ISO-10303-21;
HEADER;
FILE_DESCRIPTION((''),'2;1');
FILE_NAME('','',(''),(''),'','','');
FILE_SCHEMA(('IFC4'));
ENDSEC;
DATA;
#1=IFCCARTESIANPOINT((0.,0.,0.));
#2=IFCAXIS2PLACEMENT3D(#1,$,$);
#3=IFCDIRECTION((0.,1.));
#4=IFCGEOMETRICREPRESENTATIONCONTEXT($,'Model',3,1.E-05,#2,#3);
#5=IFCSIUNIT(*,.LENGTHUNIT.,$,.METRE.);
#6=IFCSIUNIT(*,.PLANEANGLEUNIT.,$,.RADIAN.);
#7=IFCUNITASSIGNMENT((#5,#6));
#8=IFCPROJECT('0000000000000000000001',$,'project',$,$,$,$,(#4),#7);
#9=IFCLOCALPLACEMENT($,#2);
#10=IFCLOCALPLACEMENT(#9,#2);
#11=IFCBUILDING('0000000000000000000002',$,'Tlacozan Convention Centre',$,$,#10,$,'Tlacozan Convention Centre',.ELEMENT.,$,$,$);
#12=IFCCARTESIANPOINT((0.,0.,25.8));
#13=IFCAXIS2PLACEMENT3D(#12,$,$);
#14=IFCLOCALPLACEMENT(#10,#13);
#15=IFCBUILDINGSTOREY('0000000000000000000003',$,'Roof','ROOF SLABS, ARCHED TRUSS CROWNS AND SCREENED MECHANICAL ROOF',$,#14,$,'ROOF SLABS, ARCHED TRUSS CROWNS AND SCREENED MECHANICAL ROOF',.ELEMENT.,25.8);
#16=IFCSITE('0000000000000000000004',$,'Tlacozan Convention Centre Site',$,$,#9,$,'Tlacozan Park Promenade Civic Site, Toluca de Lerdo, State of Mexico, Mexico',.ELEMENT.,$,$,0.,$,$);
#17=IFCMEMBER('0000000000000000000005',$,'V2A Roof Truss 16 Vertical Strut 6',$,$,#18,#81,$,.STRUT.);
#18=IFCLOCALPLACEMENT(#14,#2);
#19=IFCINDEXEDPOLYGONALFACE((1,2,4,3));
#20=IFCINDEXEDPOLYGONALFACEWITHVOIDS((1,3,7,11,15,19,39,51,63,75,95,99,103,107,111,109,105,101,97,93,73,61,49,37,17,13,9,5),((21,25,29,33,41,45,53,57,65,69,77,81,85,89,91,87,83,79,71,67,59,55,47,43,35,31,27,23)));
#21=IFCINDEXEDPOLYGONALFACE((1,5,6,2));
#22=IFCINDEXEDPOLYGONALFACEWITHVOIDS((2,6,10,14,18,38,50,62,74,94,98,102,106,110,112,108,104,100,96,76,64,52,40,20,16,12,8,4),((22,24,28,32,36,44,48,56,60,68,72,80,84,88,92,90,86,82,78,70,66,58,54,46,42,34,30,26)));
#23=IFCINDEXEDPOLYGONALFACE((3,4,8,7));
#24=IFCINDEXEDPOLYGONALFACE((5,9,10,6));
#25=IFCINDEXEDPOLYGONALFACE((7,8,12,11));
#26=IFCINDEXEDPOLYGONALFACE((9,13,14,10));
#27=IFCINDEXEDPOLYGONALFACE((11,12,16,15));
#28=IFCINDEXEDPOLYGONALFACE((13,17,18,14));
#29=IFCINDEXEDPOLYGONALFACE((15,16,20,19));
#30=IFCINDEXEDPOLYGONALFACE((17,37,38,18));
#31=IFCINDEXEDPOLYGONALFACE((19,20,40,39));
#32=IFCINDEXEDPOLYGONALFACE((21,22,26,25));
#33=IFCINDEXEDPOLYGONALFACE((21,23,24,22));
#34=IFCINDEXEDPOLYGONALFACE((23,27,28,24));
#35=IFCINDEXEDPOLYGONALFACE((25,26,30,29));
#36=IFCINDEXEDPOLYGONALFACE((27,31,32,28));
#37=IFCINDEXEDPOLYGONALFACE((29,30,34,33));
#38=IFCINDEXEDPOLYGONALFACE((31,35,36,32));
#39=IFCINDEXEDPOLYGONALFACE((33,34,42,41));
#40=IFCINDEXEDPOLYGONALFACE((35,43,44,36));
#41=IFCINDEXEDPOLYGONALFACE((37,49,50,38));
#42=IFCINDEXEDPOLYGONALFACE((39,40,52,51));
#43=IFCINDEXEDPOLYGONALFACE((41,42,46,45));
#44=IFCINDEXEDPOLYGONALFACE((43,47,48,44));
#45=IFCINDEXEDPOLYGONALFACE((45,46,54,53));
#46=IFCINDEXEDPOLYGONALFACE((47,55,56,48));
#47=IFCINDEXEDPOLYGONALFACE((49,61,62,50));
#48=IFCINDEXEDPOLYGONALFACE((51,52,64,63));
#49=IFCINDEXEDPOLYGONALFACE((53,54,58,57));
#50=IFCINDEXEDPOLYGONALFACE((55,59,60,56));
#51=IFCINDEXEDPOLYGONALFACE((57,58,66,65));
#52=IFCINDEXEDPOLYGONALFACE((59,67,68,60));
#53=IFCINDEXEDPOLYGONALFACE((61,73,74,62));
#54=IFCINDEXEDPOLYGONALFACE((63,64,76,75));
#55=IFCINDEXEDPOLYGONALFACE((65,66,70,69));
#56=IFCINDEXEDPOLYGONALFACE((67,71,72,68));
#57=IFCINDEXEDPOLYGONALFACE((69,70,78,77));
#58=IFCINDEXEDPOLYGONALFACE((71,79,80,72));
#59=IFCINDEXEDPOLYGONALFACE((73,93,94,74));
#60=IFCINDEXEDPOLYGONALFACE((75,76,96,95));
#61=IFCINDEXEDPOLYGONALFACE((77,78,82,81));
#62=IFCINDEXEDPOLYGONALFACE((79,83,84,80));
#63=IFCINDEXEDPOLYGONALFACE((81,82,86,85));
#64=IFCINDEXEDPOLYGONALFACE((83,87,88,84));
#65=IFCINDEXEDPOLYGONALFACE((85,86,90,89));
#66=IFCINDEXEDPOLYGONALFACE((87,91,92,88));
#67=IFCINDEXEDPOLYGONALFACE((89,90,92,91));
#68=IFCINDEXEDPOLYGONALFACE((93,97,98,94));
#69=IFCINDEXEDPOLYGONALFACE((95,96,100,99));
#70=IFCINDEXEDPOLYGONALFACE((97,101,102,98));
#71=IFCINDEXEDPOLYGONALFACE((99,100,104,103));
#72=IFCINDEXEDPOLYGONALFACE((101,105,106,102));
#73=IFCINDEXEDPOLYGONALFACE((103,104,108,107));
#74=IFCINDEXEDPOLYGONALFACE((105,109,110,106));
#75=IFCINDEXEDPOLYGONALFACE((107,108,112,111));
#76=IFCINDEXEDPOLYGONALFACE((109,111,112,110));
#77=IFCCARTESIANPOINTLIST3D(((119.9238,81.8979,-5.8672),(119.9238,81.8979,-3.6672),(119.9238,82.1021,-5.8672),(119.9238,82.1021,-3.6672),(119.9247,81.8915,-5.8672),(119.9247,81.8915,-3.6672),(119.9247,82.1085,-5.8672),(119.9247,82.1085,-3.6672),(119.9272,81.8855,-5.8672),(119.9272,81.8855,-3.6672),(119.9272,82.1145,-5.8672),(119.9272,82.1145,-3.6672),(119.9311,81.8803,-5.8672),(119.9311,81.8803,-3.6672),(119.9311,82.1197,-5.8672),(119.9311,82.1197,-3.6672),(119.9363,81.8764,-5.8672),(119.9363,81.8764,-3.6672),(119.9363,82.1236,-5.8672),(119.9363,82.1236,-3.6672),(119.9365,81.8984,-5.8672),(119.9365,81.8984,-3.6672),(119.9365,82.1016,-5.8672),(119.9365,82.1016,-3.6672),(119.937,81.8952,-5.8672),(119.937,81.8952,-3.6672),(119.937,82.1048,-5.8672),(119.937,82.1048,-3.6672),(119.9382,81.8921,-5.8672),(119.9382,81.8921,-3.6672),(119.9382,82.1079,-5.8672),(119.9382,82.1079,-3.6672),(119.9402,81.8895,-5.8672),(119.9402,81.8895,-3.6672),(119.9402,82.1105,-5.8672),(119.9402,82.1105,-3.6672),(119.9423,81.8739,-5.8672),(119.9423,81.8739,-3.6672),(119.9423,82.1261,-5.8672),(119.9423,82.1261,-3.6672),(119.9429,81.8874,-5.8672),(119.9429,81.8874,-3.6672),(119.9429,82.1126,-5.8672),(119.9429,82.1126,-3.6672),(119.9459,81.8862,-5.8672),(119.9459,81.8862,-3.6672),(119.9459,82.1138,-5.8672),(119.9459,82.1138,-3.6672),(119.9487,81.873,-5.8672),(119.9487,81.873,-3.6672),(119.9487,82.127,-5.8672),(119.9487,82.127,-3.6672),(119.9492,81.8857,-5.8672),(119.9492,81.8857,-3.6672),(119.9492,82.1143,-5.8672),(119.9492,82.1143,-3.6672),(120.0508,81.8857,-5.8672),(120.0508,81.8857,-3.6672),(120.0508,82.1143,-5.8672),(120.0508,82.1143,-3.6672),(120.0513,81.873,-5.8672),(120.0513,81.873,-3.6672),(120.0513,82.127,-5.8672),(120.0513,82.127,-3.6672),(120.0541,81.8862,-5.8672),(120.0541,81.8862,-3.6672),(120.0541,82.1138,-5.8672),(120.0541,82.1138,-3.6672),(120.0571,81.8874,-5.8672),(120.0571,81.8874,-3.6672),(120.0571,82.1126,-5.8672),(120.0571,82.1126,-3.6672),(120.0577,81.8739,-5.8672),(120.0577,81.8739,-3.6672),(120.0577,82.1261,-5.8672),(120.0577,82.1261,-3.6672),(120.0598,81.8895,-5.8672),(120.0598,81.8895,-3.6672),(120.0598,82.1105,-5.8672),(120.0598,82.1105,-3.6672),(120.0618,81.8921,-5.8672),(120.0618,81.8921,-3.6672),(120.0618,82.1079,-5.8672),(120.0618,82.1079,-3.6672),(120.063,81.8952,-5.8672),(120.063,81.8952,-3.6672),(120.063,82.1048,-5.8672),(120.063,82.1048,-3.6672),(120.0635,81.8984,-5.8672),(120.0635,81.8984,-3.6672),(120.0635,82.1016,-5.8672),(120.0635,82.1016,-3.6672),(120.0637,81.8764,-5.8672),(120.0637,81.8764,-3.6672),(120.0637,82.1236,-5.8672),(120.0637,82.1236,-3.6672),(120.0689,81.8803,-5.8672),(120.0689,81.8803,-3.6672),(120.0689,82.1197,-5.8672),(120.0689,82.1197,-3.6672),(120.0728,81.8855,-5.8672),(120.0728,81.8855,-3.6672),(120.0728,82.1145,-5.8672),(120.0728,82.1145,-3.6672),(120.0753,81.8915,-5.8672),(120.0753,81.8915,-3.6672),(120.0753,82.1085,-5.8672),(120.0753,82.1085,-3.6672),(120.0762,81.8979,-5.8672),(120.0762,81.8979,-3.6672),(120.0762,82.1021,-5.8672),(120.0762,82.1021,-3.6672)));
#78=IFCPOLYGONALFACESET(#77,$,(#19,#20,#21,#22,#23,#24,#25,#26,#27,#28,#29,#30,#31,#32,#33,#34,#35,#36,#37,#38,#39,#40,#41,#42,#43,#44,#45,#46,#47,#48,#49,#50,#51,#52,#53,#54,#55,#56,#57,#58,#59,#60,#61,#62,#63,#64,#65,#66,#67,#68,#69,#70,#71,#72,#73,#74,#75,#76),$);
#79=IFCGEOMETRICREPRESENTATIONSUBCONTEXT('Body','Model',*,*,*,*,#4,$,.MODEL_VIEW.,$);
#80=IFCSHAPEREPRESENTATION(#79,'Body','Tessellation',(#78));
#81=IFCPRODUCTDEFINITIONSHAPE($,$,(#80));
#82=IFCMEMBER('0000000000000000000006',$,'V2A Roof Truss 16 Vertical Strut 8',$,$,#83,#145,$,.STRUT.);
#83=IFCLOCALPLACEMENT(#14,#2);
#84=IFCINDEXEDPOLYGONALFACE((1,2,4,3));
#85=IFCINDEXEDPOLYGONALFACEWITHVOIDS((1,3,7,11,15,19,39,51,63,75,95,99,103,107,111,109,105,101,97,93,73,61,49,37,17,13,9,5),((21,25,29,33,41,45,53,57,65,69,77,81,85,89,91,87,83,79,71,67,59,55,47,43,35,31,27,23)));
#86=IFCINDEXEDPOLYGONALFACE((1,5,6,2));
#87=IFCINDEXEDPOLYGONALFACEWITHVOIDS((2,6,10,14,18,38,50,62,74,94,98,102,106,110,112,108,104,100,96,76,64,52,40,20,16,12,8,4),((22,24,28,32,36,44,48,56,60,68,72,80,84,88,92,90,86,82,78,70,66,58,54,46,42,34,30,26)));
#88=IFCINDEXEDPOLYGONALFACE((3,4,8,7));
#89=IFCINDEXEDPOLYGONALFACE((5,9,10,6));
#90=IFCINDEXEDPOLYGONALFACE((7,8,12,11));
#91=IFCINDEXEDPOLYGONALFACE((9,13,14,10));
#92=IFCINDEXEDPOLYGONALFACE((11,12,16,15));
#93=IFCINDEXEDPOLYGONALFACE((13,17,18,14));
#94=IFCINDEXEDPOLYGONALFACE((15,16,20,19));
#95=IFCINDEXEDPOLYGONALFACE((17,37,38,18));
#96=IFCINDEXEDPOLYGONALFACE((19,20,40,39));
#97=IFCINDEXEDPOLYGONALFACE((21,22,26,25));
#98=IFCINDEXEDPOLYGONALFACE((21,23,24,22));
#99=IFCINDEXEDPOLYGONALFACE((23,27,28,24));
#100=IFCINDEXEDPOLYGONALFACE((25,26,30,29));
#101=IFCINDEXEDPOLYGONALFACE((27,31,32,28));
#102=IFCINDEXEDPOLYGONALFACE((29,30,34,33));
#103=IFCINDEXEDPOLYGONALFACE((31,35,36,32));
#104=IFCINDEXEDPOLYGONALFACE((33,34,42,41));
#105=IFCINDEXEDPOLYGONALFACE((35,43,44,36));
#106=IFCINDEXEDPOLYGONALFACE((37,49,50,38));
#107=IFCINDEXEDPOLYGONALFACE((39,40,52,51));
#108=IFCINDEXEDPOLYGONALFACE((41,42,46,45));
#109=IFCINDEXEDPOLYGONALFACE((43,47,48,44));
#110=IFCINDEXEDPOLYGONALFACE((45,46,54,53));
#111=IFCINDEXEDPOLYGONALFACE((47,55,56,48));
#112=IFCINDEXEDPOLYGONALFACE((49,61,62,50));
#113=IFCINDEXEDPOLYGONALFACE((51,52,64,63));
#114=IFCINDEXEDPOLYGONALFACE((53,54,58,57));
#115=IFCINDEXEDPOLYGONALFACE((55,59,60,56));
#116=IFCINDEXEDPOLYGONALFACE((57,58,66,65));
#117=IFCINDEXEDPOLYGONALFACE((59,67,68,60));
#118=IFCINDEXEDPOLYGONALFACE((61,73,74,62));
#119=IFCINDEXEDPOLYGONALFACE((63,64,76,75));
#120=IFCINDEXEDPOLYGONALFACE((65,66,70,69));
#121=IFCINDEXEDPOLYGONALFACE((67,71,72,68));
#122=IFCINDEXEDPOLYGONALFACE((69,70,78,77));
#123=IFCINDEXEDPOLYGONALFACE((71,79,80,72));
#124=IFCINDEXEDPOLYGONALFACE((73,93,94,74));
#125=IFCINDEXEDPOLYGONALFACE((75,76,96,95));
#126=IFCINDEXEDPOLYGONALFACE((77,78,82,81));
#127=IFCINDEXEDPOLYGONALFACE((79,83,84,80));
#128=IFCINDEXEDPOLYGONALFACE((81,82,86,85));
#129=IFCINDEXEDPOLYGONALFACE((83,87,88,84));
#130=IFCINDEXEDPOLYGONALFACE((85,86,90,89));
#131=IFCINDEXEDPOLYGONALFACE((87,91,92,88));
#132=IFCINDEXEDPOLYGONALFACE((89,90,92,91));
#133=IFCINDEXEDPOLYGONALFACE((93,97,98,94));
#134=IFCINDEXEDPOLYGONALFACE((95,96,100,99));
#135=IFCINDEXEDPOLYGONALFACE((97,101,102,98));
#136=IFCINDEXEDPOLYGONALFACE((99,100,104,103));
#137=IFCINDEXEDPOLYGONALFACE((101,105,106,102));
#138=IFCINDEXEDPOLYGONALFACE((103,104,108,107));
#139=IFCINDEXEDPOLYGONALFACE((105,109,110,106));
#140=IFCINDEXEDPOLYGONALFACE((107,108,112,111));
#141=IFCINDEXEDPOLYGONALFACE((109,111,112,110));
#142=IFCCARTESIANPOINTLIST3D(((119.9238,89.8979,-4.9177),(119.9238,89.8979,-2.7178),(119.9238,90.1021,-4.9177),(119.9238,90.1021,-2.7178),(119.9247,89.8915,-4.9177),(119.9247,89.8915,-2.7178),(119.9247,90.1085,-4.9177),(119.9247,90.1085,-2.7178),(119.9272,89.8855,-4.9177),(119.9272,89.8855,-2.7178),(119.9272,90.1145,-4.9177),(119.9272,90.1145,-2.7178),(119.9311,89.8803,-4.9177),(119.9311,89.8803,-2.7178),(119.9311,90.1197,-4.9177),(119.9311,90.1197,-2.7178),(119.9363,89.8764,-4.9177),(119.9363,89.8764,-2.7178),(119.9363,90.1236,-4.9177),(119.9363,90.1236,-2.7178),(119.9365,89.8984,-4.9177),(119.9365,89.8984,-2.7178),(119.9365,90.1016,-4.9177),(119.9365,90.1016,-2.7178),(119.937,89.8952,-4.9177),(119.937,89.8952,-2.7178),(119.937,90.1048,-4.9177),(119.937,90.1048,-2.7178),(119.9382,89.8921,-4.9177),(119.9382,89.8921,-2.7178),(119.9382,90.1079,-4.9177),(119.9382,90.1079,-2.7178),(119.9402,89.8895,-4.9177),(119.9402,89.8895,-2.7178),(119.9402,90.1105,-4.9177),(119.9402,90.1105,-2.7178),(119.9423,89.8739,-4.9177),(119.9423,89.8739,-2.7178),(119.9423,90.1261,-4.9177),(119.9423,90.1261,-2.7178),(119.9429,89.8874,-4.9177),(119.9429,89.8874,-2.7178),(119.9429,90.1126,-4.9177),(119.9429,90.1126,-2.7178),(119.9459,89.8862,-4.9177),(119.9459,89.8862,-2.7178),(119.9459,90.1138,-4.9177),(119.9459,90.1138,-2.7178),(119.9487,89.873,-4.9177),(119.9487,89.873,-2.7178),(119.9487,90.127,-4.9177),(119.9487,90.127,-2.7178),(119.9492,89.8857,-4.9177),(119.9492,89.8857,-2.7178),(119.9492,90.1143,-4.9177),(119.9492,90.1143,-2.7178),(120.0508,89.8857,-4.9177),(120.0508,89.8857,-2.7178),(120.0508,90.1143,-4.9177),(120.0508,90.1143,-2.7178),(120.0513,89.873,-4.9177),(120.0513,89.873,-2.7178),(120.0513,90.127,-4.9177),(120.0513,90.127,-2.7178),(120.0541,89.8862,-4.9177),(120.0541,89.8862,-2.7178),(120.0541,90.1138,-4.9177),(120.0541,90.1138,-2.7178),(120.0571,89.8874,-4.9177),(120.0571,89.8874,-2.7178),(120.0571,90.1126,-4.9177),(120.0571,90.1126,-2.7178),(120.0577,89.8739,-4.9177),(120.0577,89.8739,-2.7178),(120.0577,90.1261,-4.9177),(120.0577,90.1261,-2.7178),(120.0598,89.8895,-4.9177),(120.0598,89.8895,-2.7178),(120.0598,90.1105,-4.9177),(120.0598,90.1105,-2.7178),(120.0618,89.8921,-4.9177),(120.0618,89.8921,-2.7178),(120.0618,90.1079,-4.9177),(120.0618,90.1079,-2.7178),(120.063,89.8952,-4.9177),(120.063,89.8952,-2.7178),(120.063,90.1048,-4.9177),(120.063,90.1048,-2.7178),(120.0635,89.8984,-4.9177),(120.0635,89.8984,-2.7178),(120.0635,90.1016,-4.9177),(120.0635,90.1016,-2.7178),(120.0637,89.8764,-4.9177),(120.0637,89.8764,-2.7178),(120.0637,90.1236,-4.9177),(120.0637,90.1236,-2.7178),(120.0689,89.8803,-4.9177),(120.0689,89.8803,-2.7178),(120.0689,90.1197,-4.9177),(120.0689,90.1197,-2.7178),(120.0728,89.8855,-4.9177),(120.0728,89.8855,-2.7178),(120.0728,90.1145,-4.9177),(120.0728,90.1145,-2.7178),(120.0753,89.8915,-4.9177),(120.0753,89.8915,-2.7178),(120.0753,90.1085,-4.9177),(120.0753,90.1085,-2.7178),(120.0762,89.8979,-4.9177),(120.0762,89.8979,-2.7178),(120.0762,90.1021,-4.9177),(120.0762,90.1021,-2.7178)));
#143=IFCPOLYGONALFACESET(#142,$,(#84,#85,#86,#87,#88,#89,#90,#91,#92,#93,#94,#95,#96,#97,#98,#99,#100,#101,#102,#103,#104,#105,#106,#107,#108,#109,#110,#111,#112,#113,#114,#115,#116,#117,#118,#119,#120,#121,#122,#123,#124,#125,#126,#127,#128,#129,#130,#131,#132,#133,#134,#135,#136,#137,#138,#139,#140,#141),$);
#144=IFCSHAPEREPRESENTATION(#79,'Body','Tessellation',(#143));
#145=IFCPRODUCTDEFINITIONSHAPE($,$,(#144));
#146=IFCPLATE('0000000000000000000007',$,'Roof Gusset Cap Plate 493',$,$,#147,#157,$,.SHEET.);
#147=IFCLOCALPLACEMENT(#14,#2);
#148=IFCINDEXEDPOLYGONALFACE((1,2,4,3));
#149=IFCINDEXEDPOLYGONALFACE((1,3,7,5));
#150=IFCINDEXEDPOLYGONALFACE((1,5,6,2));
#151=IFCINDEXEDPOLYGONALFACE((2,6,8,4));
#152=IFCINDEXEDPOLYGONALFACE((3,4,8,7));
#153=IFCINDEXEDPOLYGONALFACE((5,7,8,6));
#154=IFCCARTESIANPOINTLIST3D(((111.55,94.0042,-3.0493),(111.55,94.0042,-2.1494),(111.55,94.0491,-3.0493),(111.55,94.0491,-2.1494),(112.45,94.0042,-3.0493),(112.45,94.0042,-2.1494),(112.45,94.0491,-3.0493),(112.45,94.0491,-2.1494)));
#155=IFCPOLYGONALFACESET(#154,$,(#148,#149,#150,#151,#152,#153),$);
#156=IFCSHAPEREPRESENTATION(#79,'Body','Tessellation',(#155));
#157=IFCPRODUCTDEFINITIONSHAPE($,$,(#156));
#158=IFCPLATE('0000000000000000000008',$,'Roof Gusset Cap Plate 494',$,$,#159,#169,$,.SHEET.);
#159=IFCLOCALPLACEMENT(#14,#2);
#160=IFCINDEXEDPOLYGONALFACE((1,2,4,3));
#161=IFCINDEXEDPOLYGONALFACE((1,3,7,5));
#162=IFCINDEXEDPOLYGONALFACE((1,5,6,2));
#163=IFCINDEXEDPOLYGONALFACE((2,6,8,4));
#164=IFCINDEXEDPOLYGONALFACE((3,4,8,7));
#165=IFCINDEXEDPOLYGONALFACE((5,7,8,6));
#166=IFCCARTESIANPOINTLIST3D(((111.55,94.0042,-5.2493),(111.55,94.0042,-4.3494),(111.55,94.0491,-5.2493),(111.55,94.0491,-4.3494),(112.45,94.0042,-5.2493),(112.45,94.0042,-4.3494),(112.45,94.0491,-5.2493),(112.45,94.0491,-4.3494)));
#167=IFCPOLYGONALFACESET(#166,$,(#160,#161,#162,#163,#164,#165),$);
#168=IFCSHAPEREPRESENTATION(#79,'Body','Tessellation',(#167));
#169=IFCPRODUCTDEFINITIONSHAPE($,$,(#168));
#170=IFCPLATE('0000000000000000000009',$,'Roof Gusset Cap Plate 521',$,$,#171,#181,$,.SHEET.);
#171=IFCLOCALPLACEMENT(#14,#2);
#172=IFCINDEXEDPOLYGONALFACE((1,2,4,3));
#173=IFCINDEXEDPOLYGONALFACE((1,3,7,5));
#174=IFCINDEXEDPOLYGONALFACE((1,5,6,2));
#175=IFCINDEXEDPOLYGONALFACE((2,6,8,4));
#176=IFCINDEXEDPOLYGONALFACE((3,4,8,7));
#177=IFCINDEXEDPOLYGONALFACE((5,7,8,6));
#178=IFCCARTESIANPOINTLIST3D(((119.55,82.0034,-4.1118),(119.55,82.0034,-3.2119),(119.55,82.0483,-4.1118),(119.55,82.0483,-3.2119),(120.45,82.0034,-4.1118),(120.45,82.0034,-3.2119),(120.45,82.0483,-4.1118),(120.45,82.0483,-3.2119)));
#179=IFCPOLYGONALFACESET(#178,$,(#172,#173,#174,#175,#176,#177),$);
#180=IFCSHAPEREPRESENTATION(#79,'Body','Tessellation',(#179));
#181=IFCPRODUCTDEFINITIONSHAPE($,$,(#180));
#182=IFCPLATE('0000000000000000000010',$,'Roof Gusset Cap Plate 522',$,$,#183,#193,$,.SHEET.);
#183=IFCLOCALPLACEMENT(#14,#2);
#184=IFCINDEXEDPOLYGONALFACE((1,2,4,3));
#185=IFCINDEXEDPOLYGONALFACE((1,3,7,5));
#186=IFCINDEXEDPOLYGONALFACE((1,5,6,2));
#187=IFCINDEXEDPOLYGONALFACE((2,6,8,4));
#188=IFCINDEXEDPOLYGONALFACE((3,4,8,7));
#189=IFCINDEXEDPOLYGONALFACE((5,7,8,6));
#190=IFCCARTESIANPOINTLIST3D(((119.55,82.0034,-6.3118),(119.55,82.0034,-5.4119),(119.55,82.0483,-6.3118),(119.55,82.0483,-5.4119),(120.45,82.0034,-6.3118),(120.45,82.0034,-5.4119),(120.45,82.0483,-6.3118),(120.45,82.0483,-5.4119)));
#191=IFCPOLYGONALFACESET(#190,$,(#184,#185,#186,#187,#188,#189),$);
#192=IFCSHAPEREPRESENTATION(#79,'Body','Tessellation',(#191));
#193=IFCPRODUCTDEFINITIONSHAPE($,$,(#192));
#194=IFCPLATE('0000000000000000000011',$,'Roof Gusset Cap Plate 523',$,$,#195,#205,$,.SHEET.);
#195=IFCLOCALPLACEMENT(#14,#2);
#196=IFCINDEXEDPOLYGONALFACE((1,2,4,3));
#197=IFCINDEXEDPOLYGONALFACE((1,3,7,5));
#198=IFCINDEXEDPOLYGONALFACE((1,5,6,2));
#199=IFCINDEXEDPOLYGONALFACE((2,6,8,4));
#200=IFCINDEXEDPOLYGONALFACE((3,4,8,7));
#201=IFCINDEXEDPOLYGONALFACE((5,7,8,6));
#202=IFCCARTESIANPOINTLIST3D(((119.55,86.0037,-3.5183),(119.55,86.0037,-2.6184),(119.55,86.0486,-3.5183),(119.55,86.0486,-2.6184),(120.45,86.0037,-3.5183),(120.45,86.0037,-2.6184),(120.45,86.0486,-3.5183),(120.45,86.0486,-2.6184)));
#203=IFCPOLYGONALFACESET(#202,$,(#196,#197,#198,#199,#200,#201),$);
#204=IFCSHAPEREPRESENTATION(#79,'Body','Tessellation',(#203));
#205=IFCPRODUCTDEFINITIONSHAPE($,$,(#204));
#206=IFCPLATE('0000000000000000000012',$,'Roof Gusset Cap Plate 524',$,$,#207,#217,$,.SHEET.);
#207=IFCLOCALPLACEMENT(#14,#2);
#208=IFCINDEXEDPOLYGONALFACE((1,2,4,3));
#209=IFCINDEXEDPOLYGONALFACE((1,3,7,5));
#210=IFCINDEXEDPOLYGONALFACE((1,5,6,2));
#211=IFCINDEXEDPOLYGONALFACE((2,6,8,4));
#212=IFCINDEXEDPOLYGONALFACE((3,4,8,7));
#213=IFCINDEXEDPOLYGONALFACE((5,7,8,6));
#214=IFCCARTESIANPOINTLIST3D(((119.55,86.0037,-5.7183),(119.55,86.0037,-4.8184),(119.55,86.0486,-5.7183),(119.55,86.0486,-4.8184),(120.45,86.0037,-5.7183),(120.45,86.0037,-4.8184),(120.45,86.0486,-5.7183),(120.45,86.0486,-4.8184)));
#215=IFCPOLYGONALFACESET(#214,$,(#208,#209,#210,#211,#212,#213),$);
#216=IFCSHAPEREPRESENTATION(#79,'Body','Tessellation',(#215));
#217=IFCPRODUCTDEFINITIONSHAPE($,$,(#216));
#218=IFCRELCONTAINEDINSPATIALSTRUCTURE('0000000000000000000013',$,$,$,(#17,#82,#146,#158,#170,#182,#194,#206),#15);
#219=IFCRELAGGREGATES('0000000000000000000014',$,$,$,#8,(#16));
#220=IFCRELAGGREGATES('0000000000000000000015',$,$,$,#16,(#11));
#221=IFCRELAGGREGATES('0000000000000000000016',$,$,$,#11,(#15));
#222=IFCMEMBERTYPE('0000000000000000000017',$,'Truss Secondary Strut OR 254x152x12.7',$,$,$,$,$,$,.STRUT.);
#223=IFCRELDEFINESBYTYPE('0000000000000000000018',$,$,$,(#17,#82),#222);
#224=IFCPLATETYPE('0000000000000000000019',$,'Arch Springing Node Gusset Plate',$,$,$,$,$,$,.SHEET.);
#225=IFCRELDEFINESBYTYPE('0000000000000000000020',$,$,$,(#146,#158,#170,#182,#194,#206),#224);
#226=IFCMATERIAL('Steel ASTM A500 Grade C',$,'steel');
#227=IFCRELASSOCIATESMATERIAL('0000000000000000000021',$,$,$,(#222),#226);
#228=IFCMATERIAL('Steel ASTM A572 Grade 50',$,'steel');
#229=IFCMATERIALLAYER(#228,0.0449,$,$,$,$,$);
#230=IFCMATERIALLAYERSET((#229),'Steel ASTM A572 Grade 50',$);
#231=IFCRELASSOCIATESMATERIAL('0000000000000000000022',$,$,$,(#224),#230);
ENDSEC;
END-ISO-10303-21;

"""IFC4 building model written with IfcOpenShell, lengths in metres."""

from ifc_helpers import new_model, si_unit, direction, frame, origin, origin_2d, place, context, subcontext, project, spatial, rectangle, hollow_rectangle, extrude, material, layer, layer_set, material_profile, profile_set, type_object, element, save


model = new_model("IFC4")

# Units and contexts
model_context = context("Model", 3, precision=1e-05, world=origin(), true_north=direction((0.0, 1.0)))
body_context = subcontext(model_context, "Body", "Model", "MODEL_VIEW")
ifc_project = project(units=[si_unit("LENGTHUNIT", "METRE"), si_unit("PLANEANGLEUNIT", "RADIAN")], contexts=[model_context])

# Site, building, storey
site_placement = place(None, origin())
site = spatial("IfcSite", under=ifc_project, at=site_placement, Name="Tlacozan Convention Centre Site", LongName="Tlacozan Park Promenade Civic Site, Toluca de Lerdo, State of Mexico, Mexico", CompositionType="ELEMENT", RefElevation=0.0)
building_placement = place(site_placement, origin())
building = spatial("IfcBuilding", under=site, at=building_placement, Name="Tlacozan Convention Centre", LongName="Tlacozan Convention Centre", CompositionType="ELEMENT")
storey_placement = place(building_placement, frame((0.0, 0.0, 25.8)))
storey = spatial("IfcBuildingStorey", under=building, at=storey_placement, Name="Roof", Description="ROOF SLABS, ARCHED TRUSS CROWNS AND SCREENED MECHANICAL ROOF", LongName="ROOF SLABS, ARCHED TRUSS CROWNS AND SCREENED MECHANICAL ROOF", CompositionType="ELEMENT", Elevation=25.8)

# Members
ifc_material_1 = material(Name="Steel ASTM A500 Grade C", Category="steel")
ifc_material_profile_1 = material_profile(ifc_material_1, hollow_rectangle(XDim=0.1523, YDim=0.2539, WallThickness=0.0127, InnerFilletRadius=0.0127, OuterFilletRadius=0.0249, at=origin_2d()), Name="OR 254x152x12.7")
ifc_profile_set_1 = profile_set([ifc_material_profile_1], Name="Steel ASTM A500 Grade C")
member_type_1 = type_object("IfcMemberType", Name="Truss Secondary Strut OR 254x152x12.7", PredefinedType="STRUT", material=ifc_profile_set_1)
for number, where, z_axis, x_axis, name in (
    (1, (120.0, 82.0, -5.8672), (0.0, 0.0, 1.0), (1.0, 0.0, 0.0), "V2A Roof Truss 16 Vertical Strut 6"),
    (2, (120.0, 90.0, -4.9177), (0.0, 0.0, 1.0), (1.0, 0.0, 0.0), "V2A Roof Truss 16 Vertical Strut 8"),
):
    element("IfcMember", number, at=place(storey_placement, frame(where, z_axis=z_axis, x_axis=x_axis)), inside=storey, type_object=member_type_1, Name=name, PredefinedType="STRUT", context=body_context, shape_type="SweptSolid", body=[
        extrude(hollow_rectangle(XDim=0.1523, YDim=0.2539, WallThickness=0.0127, InnerFilletRadius=0.0127, OuterFilletRadius=0.0249, at=origin_2d()), origin(), (0.0, 0.0, 1.0), 2.2),
    ])

# Plates
ifc_material_2 = material(Name="Steel ASTM A572 Grade 50", Category="steel")
ifc_layer = layer(ifc_material_2, 0.0449)
ifc_layer_set = layer_set([ifc_layer], Name="Steel ASTM A572 Grade 50")
plate_type = type_object("IfcPlateType", Name="Arch Springing Node Gusset Plate", PredefinedType="SHEET", material=ifc_layer_set)
for number, where, z_axis, x_axis, name in (
    (3, (112.0, 94.0266, -3.0493), (0.0, 0.0, 1.0), (0.0, 1.0, 0.0), "Roof Gusset Cap Plate 493"),
    (4, (112.0, 94.0266, -5.2493), (0.0, 0.0, 1.0), (0.0, 1.0, 0.0), "Roof Gusset Cap Plate 494"),
    (5, (120.0, 82.0259, -4.1118), (0.0, 0.0, 1.0), (0.0, 1.0, 0.0), "Roof Gusset Cap Plate 521"),
    (6, (120.0, 82.0259, -6.3118), (0.0, 0.0, 1.0), (0.0, 1.0, 0.0), "Roof Gusset Cap Plate 522"),
    (7, (120.0, 86.0261, -3.5183), (0.0, 0.0, 1.0), (0.0, 1.0, 0.0), "Roof Gusset Cap Plate 523"),
    (8, (120.0, 86.0261, -5.7183), (0.0, 0.0, 1.0), (0.0, 1.0, 0.0), "Roof Gusset Cap Plate 524"),
):
    element("IfcPlate", number, at=place(storey_placement, frame(where, z_axis=z_axis, x_axis=x_axis)), inside=storey, type_object=plate_type, Name=name, PredefinedType="SHEET", context=body_context, shape_type="SweptSolid", body=[
        extrude(rectangle(XDim=0.0449, YDim=0.8999, at=origin_2d()), origin(), (0.0, 0.0, 1.0), 0.8999),
    ])

save(model, "model.ifc")
